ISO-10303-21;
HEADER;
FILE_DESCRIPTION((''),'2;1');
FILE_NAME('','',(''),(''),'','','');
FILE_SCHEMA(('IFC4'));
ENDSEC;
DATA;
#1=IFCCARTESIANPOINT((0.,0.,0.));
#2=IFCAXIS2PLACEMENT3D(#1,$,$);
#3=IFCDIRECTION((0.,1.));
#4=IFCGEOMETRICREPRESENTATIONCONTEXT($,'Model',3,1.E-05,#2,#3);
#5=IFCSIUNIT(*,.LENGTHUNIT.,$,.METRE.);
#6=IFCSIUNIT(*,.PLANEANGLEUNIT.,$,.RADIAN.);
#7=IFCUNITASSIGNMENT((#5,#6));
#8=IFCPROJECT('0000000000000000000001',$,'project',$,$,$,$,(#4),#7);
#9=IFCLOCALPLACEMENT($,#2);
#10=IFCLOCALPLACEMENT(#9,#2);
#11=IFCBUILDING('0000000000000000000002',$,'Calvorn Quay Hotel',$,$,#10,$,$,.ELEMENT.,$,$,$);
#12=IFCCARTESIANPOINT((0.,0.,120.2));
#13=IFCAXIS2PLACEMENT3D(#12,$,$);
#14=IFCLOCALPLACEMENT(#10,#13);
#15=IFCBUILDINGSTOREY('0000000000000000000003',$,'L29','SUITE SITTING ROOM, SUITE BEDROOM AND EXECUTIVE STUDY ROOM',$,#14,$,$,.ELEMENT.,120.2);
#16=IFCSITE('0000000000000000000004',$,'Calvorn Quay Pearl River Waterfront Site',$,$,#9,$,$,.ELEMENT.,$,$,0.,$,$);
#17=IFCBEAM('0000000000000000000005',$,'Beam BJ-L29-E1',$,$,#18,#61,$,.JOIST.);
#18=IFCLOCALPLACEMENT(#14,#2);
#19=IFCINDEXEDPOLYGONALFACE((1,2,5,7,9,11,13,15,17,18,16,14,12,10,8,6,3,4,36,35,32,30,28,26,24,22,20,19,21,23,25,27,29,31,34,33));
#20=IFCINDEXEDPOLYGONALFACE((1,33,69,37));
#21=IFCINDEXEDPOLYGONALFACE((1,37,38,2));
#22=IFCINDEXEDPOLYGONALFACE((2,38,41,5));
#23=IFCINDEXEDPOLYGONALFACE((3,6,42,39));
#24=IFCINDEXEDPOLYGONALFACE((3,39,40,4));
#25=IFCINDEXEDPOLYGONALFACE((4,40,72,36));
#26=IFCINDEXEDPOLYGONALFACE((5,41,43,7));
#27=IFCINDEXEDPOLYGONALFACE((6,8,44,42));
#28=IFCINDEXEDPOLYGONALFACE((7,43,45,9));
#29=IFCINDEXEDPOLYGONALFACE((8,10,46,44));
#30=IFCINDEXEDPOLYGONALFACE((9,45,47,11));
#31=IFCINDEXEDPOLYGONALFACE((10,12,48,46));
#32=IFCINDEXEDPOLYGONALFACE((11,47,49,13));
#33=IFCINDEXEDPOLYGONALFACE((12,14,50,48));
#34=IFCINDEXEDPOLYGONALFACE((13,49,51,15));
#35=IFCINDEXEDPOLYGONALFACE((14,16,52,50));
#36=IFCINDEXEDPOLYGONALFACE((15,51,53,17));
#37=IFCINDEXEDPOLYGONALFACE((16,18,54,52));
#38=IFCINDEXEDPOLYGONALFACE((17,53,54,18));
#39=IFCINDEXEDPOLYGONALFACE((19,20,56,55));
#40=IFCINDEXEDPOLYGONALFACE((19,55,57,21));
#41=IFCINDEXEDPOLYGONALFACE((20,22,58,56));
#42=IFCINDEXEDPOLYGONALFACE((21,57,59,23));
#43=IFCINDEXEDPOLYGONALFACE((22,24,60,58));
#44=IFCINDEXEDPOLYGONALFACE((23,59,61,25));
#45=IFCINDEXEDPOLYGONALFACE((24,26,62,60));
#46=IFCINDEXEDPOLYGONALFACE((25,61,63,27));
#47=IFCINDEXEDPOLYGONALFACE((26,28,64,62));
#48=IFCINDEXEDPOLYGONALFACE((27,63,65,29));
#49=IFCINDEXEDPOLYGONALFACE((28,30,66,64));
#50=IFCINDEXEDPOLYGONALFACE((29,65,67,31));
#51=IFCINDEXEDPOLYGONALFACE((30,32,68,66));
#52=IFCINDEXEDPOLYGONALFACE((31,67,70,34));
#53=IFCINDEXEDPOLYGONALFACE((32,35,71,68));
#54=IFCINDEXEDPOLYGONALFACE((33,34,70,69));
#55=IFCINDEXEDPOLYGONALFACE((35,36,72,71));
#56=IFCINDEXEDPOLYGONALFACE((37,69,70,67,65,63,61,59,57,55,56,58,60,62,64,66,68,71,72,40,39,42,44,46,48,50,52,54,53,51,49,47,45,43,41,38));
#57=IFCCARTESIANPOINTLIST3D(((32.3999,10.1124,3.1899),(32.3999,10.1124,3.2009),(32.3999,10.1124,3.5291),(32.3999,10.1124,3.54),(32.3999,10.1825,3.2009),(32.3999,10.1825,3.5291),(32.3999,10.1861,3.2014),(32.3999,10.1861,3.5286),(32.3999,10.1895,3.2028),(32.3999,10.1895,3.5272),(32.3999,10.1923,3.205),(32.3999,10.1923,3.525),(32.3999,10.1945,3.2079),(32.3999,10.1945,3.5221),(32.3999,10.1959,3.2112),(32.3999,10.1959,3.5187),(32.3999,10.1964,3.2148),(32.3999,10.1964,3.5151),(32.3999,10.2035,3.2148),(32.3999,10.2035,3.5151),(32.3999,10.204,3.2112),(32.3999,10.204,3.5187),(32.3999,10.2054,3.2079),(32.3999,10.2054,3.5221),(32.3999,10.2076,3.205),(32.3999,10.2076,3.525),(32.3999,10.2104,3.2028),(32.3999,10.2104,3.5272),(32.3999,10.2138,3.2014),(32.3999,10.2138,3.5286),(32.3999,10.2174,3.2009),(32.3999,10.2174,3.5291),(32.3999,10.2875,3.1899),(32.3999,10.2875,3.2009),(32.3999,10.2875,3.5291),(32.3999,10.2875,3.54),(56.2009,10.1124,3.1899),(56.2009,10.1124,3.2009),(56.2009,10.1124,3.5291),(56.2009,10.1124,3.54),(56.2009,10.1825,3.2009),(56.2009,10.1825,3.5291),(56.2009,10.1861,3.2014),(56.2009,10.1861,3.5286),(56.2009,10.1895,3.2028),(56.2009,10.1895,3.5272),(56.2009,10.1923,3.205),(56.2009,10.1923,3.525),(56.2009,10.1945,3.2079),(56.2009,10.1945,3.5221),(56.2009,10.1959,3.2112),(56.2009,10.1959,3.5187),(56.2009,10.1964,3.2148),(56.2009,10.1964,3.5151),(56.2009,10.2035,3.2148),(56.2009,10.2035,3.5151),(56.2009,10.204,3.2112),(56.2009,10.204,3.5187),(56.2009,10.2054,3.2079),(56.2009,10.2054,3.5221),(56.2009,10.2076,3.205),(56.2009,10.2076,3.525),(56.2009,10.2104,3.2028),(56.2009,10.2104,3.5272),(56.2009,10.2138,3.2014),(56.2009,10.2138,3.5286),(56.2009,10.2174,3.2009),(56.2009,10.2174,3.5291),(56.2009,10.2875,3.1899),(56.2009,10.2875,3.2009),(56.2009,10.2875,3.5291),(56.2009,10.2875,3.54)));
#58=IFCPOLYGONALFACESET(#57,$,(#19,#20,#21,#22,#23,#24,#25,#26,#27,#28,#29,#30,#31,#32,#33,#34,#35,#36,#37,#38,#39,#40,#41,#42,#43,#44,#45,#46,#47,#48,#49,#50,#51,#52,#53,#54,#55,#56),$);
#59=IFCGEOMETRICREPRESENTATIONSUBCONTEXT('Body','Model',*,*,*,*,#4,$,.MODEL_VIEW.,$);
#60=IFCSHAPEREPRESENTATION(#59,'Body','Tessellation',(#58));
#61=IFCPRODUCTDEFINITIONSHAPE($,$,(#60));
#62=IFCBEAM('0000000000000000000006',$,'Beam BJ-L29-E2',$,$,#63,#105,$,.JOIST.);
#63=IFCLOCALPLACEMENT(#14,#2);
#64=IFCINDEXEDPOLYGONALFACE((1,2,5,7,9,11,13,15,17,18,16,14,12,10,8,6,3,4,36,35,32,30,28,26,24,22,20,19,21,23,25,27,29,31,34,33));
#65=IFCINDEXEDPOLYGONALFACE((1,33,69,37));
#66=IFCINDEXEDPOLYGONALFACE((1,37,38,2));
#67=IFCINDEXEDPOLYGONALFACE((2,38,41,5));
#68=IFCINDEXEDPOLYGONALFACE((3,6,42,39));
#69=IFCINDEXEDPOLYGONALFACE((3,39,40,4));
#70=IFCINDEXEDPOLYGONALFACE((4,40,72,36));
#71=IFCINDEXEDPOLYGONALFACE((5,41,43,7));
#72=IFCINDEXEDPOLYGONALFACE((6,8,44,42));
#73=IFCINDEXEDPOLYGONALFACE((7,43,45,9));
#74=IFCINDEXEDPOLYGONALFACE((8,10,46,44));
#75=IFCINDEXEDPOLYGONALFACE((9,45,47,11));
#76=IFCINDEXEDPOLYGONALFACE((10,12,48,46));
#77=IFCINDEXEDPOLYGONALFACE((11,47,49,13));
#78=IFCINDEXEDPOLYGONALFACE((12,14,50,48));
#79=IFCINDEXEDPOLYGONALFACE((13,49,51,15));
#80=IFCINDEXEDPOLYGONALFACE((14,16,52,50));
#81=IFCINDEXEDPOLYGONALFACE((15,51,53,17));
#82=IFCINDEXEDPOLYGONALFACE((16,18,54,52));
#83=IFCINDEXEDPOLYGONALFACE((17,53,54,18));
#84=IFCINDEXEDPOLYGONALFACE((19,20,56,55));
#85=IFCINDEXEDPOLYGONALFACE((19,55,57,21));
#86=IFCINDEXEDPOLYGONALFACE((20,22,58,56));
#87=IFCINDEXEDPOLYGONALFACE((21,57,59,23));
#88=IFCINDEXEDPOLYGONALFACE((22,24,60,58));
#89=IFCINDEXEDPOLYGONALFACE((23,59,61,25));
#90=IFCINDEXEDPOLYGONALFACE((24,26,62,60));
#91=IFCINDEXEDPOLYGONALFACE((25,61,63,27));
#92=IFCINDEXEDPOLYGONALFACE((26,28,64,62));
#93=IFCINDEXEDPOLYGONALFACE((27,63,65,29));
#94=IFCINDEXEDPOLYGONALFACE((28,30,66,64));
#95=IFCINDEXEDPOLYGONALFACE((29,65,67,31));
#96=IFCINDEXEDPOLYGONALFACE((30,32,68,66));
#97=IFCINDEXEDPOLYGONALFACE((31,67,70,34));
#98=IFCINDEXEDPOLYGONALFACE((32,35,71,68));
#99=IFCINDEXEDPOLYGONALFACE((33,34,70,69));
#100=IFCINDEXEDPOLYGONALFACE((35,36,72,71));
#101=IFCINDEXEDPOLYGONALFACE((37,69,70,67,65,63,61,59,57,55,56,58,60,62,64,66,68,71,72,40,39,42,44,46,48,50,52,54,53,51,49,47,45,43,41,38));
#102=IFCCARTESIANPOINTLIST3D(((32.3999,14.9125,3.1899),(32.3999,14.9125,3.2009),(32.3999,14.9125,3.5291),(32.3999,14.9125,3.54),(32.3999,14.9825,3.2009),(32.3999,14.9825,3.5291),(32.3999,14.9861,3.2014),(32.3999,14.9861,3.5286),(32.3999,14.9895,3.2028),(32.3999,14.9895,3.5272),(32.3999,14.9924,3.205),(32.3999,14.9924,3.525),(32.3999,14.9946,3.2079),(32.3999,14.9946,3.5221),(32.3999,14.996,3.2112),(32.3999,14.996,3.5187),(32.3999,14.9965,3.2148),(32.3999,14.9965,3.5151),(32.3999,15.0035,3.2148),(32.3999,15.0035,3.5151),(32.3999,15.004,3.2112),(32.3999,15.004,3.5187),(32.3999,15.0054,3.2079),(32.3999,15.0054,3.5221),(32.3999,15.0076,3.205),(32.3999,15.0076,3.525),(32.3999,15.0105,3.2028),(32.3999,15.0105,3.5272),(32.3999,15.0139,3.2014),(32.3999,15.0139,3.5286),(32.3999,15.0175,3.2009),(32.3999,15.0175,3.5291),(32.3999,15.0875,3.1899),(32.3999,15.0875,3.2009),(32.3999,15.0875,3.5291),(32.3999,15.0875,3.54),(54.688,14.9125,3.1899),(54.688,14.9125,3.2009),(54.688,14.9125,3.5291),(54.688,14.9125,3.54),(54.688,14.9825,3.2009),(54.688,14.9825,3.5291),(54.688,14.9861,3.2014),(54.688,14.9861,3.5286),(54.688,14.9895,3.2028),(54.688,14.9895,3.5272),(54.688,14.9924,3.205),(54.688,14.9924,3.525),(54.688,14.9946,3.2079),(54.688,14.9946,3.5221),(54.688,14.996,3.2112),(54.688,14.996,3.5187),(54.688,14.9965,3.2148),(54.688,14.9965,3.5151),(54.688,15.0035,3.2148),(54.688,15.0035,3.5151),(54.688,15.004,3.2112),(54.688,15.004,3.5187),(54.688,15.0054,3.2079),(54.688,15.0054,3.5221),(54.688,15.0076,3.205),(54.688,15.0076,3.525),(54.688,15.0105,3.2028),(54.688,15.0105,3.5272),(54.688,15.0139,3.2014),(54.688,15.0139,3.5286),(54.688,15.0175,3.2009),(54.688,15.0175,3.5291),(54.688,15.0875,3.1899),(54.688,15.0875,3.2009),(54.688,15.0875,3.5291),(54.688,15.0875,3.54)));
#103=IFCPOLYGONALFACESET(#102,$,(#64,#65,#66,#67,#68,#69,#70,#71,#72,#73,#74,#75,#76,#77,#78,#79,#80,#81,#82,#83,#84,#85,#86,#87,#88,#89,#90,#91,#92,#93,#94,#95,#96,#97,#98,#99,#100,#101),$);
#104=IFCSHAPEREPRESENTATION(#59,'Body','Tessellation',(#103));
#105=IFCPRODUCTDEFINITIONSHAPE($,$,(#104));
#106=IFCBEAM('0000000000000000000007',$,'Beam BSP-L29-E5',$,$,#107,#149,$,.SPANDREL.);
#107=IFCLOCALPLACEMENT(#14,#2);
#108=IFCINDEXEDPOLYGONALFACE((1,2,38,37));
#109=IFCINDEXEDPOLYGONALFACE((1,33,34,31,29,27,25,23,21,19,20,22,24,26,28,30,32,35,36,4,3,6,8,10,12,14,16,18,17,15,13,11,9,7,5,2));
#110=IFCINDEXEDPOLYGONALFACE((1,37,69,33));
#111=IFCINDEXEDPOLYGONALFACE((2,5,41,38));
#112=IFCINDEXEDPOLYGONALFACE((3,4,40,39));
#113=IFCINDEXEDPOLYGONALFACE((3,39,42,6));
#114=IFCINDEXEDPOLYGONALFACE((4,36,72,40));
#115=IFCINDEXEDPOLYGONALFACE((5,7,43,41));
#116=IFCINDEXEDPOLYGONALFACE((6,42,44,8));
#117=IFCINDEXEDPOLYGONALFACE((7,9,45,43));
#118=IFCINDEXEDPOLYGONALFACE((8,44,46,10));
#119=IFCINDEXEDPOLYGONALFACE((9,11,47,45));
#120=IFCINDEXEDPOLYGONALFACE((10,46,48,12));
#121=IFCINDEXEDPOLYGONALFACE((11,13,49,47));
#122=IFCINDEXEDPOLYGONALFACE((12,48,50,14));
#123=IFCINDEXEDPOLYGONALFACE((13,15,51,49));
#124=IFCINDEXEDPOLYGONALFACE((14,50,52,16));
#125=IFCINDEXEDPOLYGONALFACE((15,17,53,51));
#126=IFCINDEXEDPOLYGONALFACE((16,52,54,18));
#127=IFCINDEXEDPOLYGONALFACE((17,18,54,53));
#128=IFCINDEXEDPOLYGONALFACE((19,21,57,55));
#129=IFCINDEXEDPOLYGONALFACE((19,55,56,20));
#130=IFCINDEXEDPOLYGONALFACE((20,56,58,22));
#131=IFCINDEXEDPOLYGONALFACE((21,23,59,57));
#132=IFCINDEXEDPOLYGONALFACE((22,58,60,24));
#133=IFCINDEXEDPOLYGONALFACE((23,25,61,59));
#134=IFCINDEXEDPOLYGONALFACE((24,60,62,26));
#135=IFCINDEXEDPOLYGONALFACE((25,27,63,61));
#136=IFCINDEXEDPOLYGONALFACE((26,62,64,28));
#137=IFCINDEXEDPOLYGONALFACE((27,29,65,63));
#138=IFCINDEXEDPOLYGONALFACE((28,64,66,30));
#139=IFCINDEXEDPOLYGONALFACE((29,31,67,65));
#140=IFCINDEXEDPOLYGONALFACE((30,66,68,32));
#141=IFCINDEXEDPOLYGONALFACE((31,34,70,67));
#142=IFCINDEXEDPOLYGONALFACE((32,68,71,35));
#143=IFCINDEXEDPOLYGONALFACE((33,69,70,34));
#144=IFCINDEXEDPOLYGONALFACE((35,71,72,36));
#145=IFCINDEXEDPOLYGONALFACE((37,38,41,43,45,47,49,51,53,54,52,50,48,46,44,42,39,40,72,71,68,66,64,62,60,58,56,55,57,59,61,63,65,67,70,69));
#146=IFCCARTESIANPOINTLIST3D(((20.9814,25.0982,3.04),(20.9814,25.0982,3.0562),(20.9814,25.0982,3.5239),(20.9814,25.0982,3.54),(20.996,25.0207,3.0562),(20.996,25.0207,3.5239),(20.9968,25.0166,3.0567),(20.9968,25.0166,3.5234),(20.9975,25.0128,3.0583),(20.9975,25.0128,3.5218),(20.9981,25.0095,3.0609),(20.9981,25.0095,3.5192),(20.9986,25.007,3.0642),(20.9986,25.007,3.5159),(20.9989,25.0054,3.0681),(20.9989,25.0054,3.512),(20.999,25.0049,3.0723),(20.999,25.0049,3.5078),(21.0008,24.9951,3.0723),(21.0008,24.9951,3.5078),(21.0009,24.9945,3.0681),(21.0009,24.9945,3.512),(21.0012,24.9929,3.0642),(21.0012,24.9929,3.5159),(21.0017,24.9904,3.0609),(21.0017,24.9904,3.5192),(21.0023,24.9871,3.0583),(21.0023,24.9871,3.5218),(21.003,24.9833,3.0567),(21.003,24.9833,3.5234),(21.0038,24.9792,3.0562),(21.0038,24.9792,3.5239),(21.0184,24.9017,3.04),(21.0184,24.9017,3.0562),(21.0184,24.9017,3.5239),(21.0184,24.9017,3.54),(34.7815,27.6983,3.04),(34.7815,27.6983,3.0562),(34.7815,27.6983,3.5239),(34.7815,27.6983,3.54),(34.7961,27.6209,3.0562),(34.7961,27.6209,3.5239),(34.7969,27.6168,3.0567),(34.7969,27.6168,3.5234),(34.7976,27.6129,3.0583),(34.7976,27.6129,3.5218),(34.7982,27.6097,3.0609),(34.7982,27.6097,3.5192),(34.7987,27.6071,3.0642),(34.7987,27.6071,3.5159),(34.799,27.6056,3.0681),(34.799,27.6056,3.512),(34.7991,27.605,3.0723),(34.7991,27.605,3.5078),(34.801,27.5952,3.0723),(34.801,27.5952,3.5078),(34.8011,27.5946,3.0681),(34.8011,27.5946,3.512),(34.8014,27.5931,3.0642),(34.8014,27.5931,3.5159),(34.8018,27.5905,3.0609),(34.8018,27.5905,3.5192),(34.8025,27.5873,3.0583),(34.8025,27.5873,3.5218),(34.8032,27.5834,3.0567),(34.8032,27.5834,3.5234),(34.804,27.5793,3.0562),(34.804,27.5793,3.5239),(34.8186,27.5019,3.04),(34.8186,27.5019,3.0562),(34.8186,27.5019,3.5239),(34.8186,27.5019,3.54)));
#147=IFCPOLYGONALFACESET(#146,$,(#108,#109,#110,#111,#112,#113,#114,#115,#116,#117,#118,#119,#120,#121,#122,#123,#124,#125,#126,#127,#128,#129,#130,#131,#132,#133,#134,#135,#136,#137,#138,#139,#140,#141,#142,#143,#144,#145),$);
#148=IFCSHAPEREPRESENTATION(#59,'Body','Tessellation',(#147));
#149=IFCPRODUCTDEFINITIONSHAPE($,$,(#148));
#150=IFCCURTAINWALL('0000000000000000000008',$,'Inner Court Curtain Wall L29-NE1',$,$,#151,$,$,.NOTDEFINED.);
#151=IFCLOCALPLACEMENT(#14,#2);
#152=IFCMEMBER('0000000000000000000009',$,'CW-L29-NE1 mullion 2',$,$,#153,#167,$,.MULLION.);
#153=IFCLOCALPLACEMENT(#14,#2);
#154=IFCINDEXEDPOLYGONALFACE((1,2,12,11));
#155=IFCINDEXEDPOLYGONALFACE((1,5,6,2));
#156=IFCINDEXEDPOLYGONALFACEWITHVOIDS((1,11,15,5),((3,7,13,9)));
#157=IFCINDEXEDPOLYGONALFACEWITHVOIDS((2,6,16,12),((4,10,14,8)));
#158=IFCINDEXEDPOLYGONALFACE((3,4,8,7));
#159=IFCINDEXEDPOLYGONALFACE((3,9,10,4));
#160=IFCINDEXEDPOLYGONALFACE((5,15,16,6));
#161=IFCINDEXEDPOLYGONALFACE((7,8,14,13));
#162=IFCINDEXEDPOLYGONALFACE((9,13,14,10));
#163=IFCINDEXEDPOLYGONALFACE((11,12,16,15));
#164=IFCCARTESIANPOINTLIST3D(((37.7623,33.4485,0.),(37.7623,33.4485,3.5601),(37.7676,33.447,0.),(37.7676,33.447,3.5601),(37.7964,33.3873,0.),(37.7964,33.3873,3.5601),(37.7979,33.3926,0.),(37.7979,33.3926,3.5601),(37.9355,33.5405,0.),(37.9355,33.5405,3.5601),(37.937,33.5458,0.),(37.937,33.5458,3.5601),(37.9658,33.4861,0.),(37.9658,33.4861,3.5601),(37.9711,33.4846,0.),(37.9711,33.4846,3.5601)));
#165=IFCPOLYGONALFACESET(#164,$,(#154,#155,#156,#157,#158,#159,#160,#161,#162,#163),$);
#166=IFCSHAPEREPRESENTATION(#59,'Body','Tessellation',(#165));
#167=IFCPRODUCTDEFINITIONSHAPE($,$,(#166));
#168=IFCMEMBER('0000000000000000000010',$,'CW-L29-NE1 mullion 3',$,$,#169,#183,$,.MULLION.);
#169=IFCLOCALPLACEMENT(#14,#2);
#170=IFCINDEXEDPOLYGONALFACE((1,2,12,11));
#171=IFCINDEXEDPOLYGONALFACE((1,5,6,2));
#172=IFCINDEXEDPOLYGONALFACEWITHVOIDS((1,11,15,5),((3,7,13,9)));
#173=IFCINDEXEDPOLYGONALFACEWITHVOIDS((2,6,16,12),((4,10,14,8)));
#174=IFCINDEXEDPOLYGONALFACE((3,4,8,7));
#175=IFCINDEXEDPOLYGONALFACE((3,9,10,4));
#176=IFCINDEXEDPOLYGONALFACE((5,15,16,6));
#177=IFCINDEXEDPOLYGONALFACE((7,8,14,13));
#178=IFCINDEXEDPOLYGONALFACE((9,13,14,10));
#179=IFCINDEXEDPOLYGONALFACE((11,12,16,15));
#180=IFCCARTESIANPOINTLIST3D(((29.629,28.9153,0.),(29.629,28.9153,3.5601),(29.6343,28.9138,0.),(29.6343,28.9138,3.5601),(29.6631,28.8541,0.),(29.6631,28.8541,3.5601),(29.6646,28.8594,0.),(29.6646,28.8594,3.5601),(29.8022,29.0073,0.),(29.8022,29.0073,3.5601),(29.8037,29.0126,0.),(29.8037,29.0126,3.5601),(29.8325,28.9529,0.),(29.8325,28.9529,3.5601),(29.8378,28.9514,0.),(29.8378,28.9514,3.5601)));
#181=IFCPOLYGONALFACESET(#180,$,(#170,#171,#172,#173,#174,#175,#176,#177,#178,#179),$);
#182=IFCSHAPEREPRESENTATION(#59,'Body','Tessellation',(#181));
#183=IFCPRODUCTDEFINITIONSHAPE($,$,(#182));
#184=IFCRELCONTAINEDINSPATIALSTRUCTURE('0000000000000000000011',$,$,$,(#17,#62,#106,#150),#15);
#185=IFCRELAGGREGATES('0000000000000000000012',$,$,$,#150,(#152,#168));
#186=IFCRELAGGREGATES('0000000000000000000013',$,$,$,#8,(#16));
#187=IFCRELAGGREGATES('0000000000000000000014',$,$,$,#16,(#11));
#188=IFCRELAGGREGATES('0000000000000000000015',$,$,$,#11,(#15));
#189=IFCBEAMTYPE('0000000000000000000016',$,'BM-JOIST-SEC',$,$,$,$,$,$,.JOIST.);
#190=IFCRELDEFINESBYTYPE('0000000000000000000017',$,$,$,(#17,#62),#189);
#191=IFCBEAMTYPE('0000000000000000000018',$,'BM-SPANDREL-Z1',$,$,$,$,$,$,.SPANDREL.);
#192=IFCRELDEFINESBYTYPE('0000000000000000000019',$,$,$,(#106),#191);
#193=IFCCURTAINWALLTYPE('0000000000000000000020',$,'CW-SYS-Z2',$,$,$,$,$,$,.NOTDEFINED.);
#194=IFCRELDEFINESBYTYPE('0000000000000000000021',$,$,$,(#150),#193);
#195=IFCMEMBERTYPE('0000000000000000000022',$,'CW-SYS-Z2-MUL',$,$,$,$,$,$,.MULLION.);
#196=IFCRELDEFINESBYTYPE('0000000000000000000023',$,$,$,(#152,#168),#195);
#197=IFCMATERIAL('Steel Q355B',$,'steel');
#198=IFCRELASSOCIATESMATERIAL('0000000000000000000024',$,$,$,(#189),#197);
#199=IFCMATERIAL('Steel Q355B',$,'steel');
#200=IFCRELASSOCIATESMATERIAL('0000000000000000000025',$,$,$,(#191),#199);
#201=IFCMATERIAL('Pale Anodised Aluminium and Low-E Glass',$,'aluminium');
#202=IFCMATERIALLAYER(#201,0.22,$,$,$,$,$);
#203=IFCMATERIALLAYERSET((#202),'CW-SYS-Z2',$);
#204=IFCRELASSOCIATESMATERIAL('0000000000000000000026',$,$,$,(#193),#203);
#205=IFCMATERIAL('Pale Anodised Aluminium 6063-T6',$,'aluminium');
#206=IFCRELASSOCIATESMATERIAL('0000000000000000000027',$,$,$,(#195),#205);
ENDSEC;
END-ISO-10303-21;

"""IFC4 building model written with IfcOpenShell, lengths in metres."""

from ifc_helpers import new_model, si_unit, direction, frame, origin, origin_2d, place, context, subcontext, project, spatial, hollow_rectangle, i_section, extrude, material, layer, layer_set, material_profile, profile_set, type_object, element, aggregate, save


model = new_model("IFC4")

# Units and contexts
model_context = context("Model", 3, precision=1e-05, world=origin(), true_north=direction((0.0, 1.0)))
body_context = subcontext(model_context, "Body", "Model", "MODEL_VIEW")
ifc_project = project(units=[si_unit("LENGTHUNIT", "METRE"), si_unit("PLANEANGLEUNIT", "RADIAN")], contexts=[model_context])

# Site, building, storey
site_placement = place(None, origin())
site = spatial("IfcSite", under=ifc_project, at=site_placement, Name="Calvorn Quay Pearl River Waterfront Site", CompositionType="ELEMENT", RefElevation=0.0)
building_placement = place(site_placement, origin())
building = spatial("IfcBuilding", under=site, at=building_placement, Name="Calvorn Quay Hotel", CompositionType="ELEMENT")
storey_placement = place(building_placement, frame((0.0, 0.0, 120.2)))
storey = spatial("IfcBuildingStorey", under=building, at=storey_placement, Name="L29", Description="SUITE SITTING ROOM, SUITE BEDROOM AND EXECUTIVE STUDY ROOM", CompositionType="ELEMENT", Elevation=120.2)

# Beams
ifc_material_1 = material(Name="Steel Q355B", Category="steel")
ifc_material_profile_1 = material_profile(ifc_material_1, i_section(OverallWidth=0.175, OverallDepth=0.3501, WebThickness=0.0071, FlangeThickness=0.011, FilletRadius=0.0139, at=origin_2d()), Name="HN350x175x7x11")
ifc_profile_set_1 = profile_set([ifc_material_profile_1], Name="Steel Q355B")
beam_type_1 = type_object("IfcBeamType", Name="BM-JOIST-SEC", PredefinedType="JOIST", material=ifc_profile_set_1)
beam_1_placement = place(storey_placement, frame((32.3999, 10.2, 3.365), z_axis=(1.0, 0.0, 0.0), x_axis=(0.0, 1.0, 0.0)))
element("IfcBeam", 1, at=beam_1_placement, inside=storey, type_object=beam_type_1, Name="Beam BJ-L29-E1", PredefinedType="JOIST", context=body_context, shape_type="SweptSolid", body=[
    extrude(i_section(OverallWidth=0.175, OverallDepth=0.3501, WebThickness=0.0071, FlangeThickness=0.011, FilletRadius=0.0139, at=origin_2d()), origin(), (0.0, 0.0, 1.0), 23.801),
])
beam_2_placement = place(storey_placement, frame((32.3999, 15.0, 3.365), z_axis=(1.0, 0.0, 0.0), x_axis=(0.0, 1.0, 0.0)))
element("IfcBeam", 2, at=beam_2_placement, inside=storey, type_object=beam_type_1, Name="Beam BJ-L29-E2", PredefinedType="JOIST", context=body_context, shape_type="SweptSolid", body=[
    extrude(i_section(OverallWidth=0.175, OverallDepth=0.3501, WebThickness=0.0071, FlangeThickness=0.011, FilletRadius=0.0139, at=origin_2d()), origin(), (0.0, 0.0, 1.0), 22.2881),
])
ifc_material_2 = material(Name="Steel Q355B", Category="steel")
ifc_material_profile_2 = material_profile(ifc_material_2, i_section(OverallWidth=0.2, OverallDepth=0.5, WebThickness=0.01, FlangeThickness=0.0161, FilletRadius=0.0161, at=origin_2d()), Name="HN500x200x10x16")
ifc_profile_set_2 = profile_set([ifc_material_profile_2], Name="Steel Q355B")
beam_type_2 = type_object("IfcBeamType", Name="BM-SPANDREL-Z1", PredefinedType="SPANDREL", material=ifc_profile_set_2)
beam_3_placement = place(storey_placement, frame((34.8, 27.6001, 3.29), z_axis=(-0.982709, -0.185154, 0.0), x_axis=(0.185154, -0.982709, 0.0)))
element("IfcBeam", 3, at=beam_3_placement, inside=storey, type_object=beam_type_2, Name="Beam BSP-L29-E5", PredefinedType="SPANDREL", context=body_context, shape_type="SweptSolid", body=[
    extrude(i_section(OverallWidth=0.2, OverallDepth=0.5, WebThickness=0.01, FlangeThickness=0.0161, FilletRadius=0.0161, at=origin_2d()), origin(), (0.0, 0.0, 1.0), 14.043),
])

# Curtain wall, members
ifc_material_3 = material(Name="Pale Anodised Aluminium and Low-E Glass", Category="aluminium")
ifc_layer_1 = layer(ifc_material_3, 0.22)
ifc_layer_set_1 = layer_set([ifc_layer_1], Name="CW-SYS-Z2")
curtain_wall_type = type_object("IfcCurtainWallType", Name="CW-SYS-Z2", PredefinedType="NOTDEFINED", material=ifc_layer_set_1)
curtain_wall_placement = place(storey_placement, origin())
curtain_wall = element("IfcCurtainWall", 4, at=curtain_wall_placement, inside=storey, type_object=curtain_wall_type, Name="Inner Court Curtain Wall L29-NE1", PredefinedType="NOTDEFINED")
ifc_material_4 = material(Name="Pale Anodised Aluminium 6063-T6", Category="aluminium")
ifc_material_profile_3 = material_profile(ifc_material_4, hollow_rectangle(XDim=0.0701, YDim=0.2, WallThickness=0.0039, at=origin_2d()), Name="ALU-M200x70x4")
ifc_profile_set_3 = profile_set([ifc_material_profile_3], Name="Pale Anodised Aluminium 6063-T6")
member_type_1 = type_object("IfcMemberType", Name="CW-SYS-Z2-MUL", PredefinedType="MULLION", material=ifc_profile_set_3)
member_1_placement = place(storey_placement, frame((37.8667, 33.4666, 0.0), z_axis=(0.0, 0.0, 1.0), x_axis=(0.486858, -0.873481, 0.0)))
member_1 = element("IfcMember", 5, at=member_1_placement, type_object=member_type_1, Name="CW-L29-NE1 mullion 2", PredefinedType="MULLION", context=body_context, shape_type="SweptSolid", body=[
    extrude(hollow_rectangle(XDim=0.0701, YDim=0.2, WallThickness=0.0039, at=origin_2d()), origin(), (0.0, 0.0, 1.0), 3.5601),
])
member_2_placement = place(storey_placement, frame((29.7334, 28.9333, 0.0), z_axis=(0.0, 0.0, 1.0), x_axis=(0.486858, -0.873481, 0.0)))
member_2 = element("IfcMember", 6, at=member_2_placement, type_object=member_type_1, Name="CW-L29-NE1 mullion 3", PredefinedType="MULLION", context=body_context, shape_type="SweptSolid", body=[
    extrude(hollow_rectangle(XDim=0.0701, YDim=0.2, WallThickness=0.0039, at=origin_2d()), origin(), (0.0, 0.0, 1.0), 3.5601),
])
aggregate(curtain_wall, [member_1, member_2])

save(model, "model.ifc")
